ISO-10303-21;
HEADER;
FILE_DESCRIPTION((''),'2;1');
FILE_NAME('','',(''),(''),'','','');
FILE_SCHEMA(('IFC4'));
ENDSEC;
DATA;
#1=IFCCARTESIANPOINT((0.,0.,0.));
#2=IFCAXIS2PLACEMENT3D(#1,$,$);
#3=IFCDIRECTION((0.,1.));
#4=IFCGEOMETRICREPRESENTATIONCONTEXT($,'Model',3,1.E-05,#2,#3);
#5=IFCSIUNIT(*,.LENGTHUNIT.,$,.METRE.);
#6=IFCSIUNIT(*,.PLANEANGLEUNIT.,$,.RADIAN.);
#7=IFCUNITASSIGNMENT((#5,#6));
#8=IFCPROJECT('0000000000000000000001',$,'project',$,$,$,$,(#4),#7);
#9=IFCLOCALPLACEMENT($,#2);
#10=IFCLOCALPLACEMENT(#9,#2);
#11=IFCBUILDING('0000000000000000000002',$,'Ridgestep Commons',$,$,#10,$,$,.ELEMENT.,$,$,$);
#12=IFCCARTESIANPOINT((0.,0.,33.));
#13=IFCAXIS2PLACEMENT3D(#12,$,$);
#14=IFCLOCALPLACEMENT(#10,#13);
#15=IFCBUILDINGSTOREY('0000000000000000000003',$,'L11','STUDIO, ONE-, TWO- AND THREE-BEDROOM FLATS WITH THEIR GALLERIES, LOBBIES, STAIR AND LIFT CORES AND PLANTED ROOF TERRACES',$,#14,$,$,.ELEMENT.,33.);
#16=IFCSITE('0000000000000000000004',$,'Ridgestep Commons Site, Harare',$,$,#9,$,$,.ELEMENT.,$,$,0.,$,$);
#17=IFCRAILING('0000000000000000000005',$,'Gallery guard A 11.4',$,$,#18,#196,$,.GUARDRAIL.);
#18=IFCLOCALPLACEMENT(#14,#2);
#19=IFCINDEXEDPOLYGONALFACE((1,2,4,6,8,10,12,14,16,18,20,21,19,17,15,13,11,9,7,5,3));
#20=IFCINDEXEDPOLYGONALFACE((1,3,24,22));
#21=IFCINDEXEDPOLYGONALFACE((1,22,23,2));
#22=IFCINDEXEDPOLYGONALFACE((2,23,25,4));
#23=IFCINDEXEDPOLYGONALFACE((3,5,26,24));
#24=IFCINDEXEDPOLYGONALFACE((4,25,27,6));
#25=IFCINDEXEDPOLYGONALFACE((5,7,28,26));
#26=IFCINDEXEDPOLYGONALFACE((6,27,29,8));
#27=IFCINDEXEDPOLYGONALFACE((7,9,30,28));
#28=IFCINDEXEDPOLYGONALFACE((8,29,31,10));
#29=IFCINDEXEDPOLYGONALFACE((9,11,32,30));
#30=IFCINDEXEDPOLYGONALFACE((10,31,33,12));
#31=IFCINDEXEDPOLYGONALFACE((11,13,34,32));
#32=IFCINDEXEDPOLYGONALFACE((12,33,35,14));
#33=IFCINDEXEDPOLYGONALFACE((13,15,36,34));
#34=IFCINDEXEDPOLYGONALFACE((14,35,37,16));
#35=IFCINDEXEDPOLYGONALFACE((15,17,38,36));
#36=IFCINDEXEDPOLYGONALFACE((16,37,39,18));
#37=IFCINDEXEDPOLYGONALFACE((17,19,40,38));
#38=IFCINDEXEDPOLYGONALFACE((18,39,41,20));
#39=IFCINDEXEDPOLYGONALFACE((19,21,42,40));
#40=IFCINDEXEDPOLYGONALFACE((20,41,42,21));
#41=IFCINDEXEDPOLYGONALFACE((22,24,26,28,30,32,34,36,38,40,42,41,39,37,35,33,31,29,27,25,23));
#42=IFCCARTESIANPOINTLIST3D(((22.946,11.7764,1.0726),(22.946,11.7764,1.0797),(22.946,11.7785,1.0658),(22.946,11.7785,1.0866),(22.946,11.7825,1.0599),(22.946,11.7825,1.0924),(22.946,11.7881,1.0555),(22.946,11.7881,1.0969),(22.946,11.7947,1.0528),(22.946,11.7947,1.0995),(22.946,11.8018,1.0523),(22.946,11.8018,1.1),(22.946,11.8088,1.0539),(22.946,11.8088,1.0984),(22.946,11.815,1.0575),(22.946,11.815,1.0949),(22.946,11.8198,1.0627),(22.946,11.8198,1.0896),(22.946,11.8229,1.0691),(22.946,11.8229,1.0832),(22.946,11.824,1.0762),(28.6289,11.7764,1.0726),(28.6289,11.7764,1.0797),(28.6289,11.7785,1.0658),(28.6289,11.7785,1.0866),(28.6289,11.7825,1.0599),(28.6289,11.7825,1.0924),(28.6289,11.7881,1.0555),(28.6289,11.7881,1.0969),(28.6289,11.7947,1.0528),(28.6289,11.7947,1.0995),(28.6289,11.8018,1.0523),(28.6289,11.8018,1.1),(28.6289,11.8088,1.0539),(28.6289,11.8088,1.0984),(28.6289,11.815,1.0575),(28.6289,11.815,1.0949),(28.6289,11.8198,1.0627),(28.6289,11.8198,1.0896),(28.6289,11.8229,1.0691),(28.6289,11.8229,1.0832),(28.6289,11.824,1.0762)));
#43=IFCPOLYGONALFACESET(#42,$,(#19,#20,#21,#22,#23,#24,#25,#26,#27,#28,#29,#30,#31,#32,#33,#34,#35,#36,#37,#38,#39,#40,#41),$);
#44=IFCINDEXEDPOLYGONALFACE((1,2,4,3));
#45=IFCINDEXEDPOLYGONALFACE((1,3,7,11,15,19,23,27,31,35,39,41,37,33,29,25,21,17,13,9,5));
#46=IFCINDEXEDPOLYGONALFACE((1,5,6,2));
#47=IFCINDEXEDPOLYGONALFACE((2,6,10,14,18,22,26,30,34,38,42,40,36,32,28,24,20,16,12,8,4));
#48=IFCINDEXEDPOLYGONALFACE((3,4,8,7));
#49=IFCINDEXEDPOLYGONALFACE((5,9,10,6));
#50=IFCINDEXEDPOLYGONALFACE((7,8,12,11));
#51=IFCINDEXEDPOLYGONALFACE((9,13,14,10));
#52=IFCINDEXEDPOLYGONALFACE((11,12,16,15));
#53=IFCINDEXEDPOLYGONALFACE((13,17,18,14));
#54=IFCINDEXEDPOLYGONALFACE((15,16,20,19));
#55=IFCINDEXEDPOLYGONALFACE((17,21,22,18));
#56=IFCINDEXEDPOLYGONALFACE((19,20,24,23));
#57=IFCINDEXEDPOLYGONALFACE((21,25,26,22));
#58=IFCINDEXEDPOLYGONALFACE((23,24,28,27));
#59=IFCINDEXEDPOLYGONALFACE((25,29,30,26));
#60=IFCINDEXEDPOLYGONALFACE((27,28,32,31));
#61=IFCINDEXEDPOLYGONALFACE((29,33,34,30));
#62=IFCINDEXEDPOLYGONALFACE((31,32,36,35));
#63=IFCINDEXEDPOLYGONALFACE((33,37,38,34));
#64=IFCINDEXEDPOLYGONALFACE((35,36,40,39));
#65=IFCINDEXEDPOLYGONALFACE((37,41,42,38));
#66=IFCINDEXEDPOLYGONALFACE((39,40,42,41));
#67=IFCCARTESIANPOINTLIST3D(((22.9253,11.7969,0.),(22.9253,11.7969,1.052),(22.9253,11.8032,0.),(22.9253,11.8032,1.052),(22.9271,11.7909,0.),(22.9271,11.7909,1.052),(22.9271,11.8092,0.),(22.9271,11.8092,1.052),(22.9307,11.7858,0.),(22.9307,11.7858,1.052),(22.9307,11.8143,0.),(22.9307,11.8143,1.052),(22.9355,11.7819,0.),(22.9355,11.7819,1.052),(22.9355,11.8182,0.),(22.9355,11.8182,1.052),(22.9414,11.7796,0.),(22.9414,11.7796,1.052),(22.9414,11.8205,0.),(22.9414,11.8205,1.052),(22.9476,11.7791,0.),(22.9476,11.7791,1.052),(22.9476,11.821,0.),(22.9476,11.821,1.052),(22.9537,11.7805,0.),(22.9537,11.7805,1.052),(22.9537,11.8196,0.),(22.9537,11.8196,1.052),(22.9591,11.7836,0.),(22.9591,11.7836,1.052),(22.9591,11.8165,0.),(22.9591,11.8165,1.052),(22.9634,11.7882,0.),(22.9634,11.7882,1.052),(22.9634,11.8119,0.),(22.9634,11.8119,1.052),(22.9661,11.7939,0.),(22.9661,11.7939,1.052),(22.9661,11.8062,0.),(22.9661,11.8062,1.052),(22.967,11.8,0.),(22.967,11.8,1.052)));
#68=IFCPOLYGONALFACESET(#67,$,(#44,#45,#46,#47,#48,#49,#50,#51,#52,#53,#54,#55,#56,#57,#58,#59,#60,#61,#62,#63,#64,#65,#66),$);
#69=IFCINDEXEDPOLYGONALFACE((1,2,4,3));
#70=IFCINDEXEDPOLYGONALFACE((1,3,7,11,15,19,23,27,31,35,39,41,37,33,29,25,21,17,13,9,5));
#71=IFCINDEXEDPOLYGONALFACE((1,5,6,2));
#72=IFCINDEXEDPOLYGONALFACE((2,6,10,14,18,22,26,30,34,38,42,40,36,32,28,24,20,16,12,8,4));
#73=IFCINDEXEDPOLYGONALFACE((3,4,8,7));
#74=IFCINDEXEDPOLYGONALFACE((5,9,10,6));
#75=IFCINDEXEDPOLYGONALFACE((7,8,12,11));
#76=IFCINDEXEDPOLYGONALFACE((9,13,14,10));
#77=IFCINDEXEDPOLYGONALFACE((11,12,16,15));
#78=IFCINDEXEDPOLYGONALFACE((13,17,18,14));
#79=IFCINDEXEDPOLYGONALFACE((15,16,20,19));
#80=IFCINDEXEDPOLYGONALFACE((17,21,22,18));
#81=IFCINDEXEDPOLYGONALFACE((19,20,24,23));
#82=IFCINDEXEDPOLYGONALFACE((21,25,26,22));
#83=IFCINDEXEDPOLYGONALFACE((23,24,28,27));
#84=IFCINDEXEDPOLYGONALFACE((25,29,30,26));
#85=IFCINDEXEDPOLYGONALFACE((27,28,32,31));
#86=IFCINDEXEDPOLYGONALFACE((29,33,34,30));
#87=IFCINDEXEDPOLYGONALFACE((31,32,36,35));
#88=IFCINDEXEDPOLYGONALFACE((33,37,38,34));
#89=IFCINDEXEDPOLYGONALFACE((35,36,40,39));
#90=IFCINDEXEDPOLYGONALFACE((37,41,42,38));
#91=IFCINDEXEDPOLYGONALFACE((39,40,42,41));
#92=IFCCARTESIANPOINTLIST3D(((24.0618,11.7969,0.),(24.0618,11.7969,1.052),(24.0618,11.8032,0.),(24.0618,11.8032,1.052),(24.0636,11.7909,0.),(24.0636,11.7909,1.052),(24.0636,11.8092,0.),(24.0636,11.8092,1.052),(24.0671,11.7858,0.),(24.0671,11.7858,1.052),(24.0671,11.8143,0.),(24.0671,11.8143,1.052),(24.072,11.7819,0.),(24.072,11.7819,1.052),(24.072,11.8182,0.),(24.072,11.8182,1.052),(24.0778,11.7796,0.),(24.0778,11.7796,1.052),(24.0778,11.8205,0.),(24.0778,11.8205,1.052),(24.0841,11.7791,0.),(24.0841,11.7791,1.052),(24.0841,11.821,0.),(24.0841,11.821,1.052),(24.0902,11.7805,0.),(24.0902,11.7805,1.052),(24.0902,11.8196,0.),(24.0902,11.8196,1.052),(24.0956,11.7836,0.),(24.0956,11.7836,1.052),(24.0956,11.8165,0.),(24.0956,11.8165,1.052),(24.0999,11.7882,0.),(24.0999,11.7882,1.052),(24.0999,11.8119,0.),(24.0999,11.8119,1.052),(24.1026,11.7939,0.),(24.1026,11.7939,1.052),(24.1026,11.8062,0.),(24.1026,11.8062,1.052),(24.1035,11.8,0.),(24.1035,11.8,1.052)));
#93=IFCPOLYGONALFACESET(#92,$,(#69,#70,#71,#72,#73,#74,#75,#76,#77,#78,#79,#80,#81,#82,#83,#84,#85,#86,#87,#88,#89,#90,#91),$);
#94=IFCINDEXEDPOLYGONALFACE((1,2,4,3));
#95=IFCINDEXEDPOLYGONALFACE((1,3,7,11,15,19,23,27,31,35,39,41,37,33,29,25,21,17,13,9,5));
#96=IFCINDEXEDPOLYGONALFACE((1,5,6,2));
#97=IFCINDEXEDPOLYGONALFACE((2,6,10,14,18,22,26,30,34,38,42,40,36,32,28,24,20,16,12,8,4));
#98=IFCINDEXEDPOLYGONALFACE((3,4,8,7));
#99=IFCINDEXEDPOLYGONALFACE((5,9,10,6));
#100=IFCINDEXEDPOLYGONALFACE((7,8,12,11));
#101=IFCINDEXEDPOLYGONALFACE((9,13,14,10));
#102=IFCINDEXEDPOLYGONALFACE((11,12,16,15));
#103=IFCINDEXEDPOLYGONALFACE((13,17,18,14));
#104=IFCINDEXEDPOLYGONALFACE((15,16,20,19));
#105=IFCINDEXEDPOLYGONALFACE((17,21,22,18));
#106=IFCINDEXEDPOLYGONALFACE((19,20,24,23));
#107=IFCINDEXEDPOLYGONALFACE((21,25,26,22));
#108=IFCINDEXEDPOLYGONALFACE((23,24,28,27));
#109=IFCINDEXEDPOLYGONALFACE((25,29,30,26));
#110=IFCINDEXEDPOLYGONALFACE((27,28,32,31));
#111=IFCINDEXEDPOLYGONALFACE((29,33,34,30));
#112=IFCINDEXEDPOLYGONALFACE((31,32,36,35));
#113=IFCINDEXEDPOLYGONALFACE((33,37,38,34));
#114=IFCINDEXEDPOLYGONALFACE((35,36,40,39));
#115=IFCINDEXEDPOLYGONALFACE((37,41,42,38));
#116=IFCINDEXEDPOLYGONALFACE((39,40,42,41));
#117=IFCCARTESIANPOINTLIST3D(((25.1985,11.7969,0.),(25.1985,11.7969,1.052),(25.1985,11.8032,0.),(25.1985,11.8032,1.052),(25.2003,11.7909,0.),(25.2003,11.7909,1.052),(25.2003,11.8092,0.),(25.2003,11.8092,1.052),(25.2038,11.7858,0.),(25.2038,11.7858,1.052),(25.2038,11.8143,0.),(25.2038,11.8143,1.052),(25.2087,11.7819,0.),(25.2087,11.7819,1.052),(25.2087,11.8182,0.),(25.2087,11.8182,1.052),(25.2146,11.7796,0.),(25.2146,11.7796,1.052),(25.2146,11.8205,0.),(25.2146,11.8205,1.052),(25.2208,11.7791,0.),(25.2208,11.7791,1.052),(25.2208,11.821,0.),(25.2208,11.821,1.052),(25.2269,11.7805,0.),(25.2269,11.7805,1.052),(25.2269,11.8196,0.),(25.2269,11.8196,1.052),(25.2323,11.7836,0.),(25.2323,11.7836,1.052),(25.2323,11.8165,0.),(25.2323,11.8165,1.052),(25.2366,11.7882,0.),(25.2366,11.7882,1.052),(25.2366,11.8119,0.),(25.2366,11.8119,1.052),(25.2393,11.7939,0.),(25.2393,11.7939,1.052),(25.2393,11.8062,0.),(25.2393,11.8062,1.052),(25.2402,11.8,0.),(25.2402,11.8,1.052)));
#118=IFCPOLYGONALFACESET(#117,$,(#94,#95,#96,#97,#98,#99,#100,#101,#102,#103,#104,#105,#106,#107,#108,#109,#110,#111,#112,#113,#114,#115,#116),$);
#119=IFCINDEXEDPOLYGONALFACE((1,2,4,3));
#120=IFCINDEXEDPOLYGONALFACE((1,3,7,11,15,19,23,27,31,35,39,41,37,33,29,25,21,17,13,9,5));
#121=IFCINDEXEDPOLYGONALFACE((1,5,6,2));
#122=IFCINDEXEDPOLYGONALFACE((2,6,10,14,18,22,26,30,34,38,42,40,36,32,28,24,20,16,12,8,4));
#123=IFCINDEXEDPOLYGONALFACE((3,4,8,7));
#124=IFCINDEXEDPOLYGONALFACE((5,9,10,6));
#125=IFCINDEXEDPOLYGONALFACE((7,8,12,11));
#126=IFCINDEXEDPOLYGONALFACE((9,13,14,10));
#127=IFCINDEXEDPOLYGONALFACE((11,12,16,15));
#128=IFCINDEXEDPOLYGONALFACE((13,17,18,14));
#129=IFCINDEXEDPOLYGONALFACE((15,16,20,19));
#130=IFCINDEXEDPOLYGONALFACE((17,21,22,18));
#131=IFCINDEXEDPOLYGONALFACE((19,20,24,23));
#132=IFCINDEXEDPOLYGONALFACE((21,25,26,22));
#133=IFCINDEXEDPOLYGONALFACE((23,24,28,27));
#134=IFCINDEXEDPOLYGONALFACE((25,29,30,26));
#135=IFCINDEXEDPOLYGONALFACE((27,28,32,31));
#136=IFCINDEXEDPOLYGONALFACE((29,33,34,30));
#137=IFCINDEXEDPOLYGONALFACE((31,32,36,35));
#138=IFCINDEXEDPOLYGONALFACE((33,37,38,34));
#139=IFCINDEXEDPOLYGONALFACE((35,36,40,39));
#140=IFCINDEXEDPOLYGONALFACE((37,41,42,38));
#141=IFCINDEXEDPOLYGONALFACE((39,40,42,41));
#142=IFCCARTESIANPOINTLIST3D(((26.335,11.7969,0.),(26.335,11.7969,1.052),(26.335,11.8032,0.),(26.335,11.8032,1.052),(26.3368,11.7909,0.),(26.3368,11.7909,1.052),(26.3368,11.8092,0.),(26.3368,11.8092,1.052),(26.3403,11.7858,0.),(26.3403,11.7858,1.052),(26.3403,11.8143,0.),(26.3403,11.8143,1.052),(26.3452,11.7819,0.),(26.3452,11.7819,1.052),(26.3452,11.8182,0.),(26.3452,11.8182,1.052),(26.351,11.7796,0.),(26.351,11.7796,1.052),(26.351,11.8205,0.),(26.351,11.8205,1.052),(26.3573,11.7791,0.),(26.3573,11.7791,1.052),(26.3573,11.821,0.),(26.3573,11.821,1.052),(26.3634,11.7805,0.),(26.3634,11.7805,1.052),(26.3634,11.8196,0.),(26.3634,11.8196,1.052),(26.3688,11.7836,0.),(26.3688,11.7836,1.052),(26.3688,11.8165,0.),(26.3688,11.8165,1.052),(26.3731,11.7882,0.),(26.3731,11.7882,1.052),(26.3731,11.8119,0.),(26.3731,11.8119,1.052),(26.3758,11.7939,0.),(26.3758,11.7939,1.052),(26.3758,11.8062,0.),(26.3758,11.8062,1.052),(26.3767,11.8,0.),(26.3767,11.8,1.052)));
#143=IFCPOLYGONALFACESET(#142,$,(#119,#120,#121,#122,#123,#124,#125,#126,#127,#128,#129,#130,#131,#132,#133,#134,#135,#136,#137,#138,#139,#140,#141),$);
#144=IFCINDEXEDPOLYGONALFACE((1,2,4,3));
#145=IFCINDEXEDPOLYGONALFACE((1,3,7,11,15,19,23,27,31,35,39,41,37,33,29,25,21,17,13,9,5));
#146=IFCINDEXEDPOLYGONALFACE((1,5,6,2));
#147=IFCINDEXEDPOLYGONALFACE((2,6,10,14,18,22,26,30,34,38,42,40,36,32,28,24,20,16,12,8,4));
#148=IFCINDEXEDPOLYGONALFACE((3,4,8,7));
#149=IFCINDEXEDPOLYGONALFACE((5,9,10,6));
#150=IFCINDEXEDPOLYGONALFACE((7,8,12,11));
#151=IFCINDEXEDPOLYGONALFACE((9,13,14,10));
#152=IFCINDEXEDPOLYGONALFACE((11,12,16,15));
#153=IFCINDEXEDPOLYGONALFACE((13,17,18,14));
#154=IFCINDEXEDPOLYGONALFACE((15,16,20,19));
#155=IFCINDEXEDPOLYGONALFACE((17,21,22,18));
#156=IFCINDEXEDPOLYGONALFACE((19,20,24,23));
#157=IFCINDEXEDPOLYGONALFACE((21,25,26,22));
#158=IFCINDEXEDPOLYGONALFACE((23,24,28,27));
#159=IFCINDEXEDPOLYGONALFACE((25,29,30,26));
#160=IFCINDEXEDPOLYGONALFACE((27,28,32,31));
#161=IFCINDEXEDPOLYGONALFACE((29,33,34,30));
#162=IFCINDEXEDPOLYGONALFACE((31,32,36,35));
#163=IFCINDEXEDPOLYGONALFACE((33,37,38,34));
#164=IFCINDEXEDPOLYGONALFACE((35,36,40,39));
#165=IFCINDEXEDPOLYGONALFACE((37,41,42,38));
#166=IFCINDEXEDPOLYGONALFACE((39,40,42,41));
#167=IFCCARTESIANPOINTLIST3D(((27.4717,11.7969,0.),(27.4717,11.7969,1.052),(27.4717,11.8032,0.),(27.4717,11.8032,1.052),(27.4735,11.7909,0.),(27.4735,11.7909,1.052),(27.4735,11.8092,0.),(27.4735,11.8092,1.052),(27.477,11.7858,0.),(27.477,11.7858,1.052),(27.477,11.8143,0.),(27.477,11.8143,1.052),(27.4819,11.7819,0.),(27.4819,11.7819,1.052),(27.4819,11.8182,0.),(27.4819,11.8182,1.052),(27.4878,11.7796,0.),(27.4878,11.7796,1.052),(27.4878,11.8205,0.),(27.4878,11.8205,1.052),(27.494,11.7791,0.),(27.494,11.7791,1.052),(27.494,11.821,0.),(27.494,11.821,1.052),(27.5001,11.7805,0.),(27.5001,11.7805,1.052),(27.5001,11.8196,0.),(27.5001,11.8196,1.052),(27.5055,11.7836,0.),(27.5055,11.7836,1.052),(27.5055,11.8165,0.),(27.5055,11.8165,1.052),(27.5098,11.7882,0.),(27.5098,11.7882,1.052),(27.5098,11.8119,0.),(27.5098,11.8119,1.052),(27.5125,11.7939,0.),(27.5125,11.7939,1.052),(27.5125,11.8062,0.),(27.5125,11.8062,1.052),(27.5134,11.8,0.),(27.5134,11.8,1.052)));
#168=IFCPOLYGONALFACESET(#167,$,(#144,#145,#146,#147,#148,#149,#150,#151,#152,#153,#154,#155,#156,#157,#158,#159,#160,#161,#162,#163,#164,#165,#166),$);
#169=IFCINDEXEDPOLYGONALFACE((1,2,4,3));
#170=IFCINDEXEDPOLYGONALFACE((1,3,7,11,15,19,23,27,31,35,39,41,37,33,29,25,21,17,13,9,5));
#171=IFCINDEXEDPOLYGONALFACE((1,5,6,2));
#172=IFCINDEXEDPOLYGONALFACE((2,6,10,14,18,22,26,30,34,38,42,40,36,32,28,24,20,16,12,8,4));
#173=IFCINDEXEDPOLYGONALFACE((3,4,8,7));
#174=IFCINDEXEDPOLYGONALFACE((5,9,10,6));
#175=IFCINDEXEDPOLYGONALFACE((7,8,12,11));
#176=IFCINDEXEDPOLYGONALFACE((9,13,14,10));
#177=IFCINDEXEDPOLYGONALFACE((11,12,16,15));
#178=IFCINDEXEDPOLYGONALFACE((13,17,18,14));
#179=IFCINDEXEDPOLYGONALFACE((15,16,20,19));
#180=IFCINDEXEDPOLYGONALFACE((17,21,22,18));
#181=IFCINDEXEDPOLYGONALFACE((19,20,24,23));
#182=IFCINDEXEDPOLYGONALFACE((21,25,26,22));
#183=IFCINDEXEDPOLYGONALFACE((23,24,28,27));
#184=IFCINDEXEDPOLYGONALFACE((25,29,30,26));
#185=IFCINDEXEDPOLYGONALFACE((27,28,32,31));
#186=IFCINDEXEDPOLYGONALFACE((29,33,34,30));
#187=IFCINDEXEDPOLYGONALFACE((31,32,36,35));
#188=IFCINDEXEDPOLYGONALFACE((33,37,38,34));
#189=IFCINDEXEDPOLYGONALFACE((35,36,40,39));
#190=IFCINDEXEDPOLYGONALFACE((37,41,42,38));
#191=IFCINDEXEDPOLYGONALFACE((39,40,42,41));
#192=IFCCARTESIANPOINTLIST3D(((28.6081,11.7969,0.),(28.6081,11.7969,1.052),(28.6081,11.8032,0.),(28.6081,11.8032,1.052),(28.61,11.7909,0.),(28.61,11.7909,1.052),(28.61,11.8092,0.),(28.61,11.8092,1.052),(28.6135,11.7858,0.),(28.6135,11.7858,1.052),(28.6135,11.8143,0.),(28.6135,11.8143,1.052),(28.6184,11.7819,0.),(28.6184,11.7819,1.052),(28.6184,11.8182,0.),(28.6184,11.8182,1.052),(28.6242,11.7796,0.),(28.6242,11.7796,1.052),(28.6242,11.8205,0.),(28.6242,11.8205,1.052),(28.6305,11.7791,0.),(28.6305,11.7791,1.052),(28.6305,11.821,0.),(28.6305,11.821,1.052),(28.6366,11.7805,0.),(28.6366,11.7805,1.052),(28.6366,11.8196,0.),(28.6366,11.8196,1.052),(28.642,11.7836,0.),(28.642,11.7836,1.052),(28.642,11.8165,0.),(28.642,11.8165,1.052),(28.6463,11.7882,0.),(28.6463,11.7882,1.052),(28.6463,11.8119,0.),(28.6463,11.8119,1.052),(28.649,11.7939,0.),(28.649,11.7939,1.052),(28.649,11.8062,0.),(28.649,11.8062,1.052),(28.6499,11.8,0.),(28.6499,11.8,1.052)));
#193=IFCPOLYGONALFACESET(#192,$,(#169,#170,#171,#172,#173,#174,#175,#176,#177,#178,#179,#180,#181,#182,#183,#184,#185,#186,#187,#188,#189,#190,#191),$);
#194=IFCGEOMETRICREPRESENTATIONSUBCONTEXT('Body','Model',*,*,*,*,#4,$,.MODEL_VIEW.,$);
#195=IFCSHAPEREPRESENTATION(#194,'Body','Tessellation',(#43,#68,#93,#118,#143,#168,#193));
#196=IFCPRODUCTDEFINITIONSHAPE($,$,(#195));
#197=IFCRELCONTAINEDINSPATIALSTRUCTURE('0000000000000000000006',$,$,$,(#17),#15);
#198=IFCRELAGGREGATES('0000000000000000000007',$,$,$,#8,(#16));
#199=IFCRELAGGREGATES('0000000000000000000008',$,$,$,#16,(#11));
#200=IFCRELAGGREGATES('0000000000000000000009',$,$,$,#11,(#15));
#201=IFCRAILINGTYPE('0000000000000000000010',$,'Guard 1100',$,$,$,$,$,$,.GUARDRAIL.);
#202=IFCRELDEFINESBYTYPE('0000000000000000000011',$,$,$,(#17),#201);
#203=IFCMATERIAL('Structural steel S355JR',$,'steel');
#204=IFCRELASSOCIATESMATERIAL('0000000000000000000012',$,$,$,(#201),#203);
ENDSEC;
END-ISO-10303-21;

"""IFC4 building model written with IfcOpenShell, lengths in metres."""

from ifc_helpers import new_model, si_unit, direction, frame, origin, origin_2d, place, context, subcontext, project, spatial, circle, extrude, material, type_object, element, save


model = new_model("IFC4")

# Units and contexts
model_context = context("Model", 3, precision=1e-05, world=origin(), true_north=direction((0.0, 1.0)))
body_context = subcontext(model_context, "Body", "Model", "MODEL_VIEW")
ifc_project = project(units=[si_unit("LENGTHUNIT", "METRE"), si_unit("PLANEANGLEUNIT", "RADIAN")], contexts=[model_context])

# Site, building, storey
site_placement = place(None, origin())
site = spatial("IfcSite", under=ifc_project, at=site_placement, Name="Ridgestep Commons Site, Harare", CompositionType="ELEMENT", RefElevation=0.0)
building_placement = place(site_placement, origin())
building = spatial("IfcBuilding", under=site, at=building_placement, Name="Ridgestep Commons", CompositionType="ELEMENT")
storey_placement = place(building_placement, frame((0.0, 0.0, 33.0)))
storey = spatial("IfcBuildingStorey", under=building, at=storey_placement, Name="L11", Description="STUDIO, ONE-, TWO- AND THREE-BEDROOM FLATS WITH THEIR GALLERIES, LOBBIES, STAIR AND LIFT CORES AND PLANTED ROOF TERRACES", CompositionType="ELEMENT", Elevation=33.0)

# Railing
ifc_material_1 = material(Name="Structural steel S355JR", Category="steel")
railing_type = type_object("IfcRailingType", Name="Guard 1100", PredefinedType="GUARDRAIL", material=ifc_material_1)
railing_1_placement = place(storey_placement, frame((22.946, 11.8, 0.0)))
element("IfcRailing", 1, at=railing_1_placement, inside=storey, type_object=railing_type, Name="Gallery guard A 11.4", PredefinedType="GUARDRAIL", context=body_context, shape_type="SweptSolid", body=[
    extrude(circle(Radius=0.0239, at=origin_2d()), frame((0.0, 0.0, 1.0762), z_axis=(1.0, 0.0, 0.0), x_axis=(0.0, 1.0, 0.0)), (0.0, 0.0, 1.0), 5.6829),
    extrude(circle(Radius=0.021, at=origin_2d()), origin(), (0.0, 0.0, 1.0), 1.052),
    extrude(circle(Radius=0.021, at=origin_2d()), frame((1.1365, 0.0, 0.0)), (0.0, 0.0, 1.0), 1.052),
    extrude(circle(Radius=0.021, at=origin_2d()), frame((2.2732, 0.0, 0.0)), (0.0, 0.0, 1.0), 1.052),
    extrude(circle(Radius=0.021, at=origin_2d()), frame((3.4097, 0.0, 0.0)), (0.0, 0.0, 1.0), 1.052),
    extrude(circle(Radius=0.021, at=origin_2d()), frame((4.5464, 0.0, 0.0)), (0.0, 0.0, 1.0), 1.052),
    extrude(circle(Radius=0.021, at=origin_2d()), frame((5.6829, 0.0, 0.0)), (0.0, 0.0, 1.0), 1.052),
])

save(model, "model.ifc")
